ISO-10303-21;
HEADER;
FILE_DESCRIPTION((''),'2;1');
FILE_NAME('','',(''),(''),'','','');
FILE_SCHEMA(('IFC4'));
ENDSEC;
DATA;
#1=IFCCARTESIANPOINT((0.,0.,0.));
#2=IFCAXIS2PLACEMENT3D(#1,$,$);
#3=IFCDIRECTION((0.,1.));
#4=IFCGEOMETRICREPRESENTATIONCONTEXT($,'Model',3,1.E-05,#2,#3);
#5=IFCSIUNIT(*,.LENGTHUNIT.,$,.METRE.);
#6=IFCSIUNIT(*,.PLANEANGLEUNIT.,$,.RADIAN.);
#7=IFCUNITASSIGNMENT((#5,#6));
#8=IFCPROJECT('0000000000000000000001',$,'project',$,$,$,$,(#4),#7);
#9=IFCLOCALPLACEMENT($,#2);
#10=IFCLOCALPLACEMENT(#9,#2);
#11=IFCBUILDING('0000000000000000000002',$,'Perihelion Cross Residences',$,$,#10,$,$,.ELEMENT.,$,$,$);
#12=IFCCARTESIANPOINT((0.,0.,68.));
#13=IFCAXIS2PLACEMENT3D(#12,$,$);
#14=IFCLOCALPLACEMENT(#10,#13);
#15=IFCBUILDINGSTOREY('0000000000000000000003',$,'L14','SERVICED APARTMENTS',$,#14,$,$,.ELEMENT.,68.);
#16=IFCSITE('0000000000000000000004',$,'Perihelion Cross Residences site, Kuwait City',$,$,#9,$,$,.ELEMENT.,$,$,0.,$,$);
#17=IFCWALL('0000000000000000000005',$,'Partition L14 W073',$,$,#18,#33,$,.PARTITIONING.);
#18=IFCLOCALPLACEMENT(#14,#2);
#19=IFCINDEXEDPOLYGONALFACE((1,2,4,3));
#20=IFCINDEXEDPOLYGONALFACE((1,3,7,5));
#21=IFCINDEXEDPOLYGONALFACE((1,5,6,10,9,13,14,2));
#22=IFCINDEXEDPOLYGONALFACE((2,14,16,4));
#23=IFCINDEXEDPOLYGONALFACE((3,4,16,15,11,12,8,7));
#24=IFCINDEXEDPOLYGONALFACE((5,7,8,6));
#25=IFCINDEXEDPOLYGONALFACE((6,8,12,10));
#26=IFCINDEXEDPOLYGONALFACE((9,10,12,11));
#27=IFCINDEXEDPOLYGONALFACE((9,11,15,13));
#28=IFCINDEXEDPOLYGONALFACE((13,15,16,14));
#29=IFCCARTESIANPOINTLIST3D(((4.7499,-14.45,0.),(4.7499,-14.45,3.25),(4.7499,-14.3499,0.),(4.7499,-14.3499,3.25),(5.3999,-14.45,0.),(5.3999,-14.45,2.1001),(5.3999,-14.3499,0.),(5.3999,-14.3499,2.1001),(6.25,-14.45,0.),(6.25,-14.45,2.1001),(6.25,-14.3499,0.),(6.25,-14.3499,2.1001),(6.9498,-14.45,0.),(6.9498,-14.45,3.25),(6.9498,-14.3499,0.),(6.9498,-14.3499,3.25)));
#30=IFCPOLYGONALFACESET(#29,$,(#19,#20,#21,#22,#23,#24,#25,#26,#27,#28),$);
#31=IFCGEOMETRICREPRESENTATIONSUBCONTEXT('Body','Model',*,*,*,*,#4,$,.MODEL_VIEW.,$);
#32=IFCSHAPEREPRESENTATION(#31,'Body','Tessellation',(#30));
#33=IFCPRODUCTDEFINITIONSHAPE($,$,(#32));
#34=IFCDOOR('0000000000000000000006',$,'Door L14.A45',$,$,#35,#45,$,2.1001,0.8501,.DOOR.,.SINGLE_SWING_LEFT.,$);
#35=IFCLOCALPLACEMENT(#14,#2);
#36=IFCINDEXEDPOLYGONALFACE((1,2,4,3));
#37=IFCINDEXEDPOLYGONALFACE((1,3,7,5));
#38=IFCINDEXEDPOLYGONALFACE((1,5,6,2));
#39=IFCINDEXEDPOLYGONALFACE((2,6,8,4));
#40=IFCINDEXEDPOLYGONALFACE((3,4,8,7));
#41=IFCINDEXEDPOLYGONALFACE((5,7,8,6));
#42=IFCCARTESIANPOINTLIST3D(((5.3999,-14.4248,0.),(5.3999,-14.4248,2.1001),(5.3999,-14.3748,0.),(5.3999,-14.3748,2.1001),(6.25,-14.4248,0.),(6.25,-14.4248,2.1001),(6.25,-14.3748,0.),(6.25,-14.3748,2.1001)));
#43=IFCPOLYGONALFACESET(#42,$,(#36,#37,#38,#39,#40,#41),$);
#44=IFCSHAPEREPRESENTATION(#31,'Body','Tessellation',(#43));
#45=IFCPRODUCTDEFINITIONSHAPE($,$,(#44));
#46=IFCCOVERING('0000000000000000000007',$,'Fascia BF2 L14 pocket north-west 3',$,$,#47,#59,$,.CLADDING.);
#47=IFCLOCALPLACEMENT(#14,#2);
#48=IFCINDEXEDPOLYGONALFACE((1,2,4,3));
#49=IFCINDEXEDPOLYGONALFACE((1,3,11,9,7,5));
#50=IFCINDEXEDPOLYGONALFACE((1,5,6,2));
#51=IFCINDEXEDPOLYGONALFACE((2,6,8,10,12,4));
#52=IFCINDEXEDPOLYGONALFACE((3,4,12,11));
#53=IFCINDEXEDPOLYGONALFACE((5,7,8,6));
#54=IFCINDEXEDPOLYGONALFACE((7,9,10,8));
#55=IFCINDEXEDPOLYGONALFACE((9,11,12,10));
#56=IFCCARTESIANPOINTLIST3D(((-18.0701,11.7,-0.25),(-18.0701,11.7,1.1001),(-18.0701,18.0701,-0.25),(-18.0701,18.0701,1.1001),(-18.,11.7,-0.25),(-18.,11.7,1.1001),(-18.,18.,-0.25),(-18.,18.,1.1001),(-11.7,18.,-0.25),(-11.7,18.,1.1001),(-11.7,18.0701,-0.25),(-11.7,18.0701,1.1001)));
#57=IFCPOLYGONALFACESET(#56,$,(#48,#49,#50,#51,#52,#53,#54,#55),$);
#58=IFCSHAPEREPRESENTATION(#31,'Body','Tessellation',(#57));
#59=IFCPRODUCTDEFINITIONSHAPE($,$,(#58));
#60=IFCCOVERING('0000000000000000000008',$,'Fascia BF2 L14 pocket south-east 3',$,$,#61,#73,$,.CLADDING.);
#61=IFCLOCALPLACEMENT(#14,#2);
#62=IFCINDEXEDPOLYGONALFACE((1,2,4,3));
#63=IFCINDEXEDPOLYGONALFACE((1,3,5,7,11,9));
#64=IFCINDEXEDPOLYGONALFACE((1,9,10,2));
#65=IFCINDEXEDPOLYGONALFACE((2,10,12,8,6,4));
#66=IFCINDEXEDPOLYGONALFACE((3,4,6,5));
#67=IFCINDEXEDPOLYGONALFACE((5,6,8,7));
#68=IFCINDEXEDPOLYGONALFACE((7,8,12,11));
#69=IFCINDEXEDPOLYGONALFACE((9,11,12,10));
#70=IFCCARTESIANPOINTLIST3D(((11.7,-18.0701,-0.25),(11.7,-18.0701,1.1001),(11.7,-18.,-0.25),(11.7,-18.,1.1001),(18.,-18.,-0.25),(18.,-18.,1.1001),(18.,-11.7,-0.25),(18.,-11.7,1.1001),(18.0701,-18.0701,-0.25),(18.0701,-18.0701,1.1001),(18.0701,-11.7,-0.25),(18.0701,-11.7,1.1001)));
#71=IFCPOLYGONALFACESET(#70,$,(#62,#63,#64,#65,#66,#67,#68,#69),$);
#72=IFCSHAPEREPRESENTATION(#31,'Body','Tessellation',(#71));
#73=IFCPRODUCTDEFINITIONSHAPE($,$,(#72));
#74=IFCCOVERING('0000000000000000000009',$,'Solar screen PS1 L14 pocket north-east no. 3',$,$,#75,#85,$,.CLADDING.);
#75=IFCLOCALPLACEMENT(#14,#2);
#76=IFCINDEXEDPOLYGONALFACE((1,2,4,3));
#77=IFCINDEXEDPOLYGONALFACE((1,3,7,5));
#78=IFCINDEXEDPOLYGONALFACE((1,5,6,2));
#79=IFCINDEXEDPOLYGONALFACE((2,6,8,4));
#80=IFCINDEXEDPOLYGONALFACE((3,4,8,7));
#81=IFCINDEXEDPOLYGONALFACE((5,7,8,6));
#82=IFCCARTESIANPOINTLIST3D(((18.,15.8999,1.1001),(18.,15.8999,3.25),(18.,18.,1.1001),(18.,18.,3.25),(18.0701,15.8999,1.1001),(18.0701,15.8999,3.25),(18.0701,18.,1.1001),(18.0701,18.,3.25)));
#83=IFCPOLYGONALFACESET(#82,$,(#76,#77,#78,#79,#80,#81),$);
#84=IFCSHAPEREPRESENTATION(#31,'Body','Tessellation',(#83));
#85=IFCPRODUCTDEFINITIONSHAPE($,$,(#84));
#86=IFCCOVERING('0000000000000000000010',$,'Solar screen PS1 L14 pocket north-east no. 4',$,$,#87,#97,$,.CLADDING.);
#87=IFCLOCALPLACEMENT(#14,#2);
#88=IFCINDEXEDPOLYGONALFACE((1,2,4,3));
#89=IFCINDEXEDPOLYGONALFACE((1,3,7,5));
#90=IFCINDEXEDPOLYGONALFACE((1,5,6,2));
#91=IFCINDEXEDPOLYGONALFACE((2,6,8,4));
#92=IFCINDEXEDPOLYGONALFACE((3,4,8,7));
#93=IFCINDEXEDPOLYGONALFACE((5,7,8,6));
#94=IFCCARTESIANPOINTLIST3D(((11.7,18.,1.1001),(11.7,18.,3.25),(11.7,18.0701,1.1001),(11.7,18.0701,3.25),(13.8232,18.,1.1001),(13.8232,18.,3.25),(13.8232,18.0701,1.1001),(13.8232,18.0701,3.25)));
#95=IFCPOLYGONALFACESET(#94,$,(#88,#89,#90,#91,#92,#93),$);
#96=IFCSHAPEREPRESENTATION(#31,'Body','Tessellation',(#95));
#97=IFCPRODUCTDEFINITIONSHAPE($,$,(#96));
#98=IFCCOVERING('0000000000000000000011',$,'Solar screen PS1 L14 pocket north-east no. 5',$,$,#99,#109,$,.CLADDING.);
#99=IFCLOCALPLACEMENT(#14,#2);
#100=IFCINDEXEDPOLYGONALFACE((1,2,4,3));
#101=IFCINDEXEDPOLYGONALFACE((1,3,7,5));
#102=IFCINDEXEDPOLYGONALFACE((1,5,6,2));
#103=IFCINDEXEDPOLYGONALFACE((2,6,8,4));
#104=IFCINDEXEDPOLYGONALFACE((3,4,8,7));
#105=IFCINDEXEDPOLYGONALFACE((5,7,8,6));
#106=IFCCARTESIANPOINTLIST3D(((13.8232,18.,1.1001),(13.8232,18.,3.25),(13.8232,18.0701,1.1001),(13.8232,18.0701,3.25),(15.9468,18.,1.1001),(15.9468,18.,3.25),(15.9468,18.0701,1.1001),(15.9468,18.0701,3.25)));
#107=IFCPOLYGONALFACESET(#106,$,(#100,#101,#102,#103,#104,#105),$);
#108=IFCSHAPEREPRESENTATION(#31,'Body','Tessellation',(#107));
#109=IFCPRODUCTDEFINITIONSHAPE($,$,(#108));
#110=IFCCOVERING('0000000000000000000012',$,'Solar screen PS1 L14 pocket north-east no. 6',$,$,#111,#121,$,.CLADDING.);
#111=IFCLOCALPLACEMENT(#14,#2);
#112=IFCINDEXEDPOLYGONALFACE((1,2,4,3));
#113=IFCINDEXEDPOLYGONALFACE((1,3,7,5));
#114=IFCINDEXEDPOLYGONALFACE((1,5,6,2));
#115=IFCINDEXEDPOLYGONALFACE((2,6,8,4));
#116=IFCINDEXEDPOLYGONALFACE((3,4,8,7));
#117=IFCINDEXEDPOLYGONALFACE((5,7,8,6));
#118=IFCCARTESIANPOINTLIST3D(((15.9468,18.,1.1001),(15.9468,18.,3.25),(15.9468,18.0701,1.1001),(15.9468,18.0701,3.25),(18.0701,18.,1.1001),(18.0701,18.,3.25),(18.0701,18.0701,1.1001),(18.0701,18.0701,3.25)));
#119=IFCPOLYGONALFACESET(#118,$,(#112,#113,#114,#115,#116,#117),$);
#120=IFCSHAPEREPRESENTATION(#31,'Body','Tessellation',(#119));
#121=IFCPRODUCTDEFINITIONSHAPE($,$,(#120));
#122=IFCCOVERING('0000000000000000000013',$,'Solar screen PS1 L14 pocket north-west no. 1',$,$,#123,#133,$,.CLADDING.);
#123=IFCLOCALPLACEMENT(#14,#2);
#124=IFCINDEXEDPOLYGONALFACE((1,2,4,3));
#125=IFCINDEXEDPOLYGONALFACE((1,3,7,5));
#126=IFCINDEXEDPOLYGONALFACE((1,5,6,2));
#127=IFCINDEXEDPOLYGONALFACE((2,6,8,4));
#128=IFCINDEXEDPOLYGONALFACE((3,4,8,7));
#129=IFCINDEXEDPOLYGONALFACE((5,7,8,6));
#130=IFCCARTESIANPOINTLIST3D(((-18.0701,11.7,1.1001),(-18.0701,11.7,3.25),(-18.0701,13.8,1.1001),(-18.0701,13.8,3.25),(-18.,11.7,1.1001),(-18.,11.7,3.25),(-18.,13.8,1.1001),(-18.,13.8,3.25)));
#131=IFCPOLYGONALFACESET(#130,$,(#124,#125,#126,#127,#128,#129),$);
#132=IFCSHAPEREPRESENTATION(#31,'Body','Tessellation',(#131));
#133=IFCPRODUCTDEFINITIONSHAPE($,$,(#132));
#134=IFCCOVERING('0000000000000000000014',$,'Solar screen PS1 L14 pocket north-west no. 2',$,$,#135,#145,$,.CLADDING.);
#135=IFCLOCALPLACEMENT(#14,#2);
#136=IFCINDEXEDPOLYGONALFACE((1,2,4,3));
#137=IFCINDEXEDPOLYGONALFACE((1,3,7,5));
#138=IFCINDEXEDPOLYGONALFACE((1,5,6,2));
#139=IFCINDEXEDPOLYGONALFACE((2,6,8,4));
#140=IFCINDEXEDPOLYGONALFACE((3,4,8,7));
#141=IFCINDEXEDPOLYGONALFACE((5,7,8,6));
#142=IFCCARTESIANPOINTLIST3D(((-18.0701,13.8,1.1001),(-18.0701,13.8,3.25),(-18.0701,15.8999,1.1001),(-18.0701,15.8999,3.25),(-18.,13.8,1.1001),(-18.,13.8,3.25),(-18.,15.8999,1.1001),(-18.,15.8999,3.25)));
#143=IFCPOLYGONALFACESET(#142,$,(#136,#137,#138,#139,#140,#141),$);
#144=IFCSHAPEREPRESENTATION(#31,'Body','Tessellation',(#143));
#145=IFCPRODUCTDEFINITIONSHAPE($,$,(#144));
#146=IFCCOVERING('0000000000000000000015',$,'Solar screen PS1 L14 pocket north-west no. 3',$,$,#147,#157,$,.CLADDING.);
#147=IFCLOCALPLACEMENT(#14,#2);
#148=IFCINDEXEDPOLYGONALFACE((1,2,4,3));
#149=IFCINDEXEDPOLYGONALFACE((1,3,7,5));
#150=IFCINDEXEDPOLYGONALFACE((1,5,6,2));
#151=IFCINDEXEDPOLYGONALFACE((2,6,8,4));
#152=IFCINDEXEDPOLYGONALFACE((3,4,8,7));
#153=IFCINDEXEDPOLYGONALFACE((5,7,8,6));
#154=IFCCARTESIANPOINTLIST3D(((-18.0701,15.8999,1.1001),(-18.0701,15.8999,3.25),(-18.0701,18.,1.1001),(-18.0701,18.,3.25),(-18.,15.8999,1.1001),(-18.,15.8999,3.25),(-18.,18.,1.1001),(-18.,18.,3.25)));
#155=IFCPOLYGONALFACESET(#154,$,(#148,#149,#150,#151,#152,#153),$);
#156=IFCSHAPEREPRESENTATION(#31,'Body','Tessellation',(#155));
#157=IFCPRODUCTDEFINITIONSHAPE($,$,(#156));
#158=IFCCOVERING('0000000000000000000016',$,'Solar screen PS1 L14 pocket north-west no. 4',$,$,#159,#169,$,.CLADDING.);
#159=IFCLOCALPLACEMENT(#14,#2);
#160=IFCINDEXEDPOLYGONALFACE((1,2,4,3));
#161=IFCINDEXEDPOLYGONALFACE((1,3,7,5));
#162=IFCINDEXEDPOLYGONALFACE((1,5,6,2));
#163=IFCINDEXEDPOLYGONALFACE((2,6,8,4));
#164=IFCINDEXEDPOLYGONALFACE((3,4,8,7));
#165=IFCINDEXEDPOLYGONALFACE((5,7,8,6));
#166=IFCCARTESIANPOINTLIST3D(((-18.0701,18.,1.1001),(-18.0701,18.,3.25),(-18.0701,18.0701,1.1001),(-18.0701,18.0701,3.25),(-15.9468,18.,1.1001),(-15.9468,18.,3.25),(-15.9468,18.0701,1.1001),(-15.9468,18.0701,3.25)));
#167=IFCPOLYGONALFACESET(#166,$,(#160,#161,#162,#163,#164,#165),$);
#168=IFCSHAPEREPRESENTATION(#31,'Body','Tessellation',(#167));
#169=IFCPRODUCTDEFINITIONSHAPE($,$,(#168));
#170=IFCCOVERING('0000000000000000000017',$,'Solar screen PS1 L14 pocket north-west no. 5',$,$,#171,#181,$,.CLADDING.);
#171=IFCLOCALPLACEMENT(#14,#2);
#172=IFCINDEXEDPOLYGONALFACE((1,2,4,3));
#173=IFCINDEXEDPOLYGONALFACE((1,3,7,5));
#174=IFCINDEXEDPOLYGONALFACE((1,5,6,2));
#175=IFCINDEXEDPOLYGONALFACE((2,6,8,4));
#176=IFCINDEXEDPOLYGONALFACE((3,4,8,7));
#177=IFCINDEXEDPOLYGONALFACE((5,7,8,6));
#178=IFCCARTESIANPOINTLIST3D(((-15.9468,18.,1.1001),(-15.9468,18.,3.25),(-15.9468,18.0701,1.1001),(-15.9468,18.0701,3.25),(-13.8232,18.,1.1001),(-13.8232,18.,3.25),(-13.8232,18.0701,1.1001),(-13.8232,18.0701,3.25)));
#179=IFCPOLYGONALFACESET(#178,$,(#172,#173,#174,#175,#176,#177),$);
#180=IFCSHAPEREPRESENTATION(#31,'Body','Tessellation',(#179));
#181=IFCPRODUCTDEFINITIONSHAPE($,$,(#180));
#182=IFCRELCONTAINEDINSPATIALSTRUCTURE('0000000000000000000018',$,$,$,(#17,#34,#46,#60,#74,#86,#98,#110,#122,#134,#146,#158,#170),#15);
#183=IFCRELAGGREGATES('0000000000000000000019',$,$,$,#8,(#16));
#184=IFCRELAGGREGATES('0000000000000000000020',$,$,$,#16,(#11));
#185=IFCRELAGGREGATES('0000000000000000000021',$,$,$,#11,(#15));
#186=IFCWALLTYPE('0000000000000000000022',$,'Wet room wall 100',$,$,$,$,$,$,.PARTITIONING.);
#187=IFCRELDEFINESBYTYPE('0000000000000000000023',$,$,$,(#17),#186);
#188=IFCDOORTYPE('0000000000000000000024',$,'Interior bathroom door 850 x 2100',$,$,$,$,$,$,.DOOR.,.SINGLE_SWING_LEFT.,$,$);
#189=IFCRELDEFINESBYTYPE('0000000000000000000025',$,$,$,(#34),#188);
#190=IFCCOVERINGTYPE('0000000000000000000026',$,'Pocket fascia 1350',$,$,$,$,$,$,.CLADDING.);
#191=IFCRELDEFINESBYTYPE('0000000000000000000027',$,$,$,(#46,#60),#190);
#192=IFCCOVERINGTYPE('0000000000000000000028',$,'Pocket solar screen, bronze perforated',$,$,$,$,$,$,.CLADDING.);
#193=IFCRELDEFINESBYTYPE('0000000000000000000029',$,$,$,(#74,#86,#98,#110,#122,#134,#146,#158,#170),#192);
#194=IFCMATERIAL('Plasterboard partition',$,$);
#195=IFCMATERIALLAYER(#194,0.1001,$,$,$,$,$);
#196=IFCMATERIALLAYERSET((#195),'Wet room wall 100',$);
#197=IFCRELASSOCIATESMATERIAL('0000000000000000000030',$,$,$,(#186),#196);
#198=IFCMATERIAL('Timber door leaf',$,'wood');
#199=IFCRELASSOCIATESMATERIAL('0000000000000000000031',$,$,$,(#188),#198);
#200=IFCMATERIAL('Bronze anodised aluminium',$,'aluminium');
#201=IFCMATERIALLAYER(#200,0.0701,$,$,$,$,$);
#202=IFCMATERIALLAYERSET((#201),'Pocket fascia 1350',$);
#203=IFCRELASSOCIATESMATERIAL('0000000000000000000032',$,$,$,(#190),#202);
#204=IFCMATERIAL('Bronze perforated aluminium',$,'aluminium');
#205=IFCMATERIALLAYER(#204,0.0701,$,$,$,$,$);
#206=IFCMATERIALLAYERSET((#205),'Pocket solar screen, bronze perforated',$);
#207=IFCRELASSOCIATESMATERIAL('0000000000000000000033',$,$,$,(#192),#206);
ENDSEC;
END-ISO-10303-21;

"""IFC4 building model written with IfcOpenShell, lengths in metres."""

from ifc_helpers import new_model, si_unit, direction, frame, frame_2d, origin, place, context, subcontext, project, spatial, polyline, rectangle, outline, extrude, material, layer, layer_set, type_object, element, fill, save


model = new_model("IFC4")

# Units and contexts
model_context = context("Model", 3, precision=1e-05, world=origin(), true_north=direction((0.0, 1.0)))
body_context = subcontext(model_context, "Body", "Model", "MODEL_VIEW")
ifc_project = project(units=[si_unit("LENGTHUNIT", "METRE"), si_unit("PLANEANGLEUNIT", "RADIAN")], contexts=[model_context])

# Site, building, storey
site_placement = place(None, origin())
site = spatial("IfcSite", under=ifc_project, at=site_placement, Name="Perihelion Cross Residences site, Kuwait City", CompositionType="ELEMENT", RefElevation=0.0)
building_placement = place(site_placement, origin())
building = spatial("IfcBuilding", under=site, at=building_placement, Name="Perihelion Cross Residences", CompositionType="ELEMENT")
storey_placement = place(building_placement, frame((0.0, 0.0, 68.0)))
storey = spatial("IfcBuildingStorey", under=building, at=storey_placement, Name="L14", Description="SERVICED APARTMENTS", CompositionType="ELEMENT", Elevation=68.0)

# Shared definitions
ifc_material_1 = material(Name="Plasterboard partition")
ifc_layer_1 = layer(ifc_material_1, 0.1001)
ifc_layer_set_1 = layer_set([ifc_layer_1], Name="Wet room wall 100")
wall_type_1 = type_object("IfcWallType", Name="Wet room wall 100", PredefinedType="PARTITIONING", material=ifc_layer_set_1)
ifc_material_2 = material(Name="Timber door leaf", Category="wood")
door_type_1 = type_object("IfcDoorType", Name="Interior bathroom door 850 x 2100", OperationType="SINGLE_SWING_LEFT", PredefinedType="DOOR", material=ifc_material_2)

# Wall, opening, door
wall_1_placement = place(storey_placement, frame((6.95, -14.3999, 0.0), z_axis=(0.0, 0.0, 1.0), x_axis=(-1.0, 0.0, 0.0)))
wall_1 = element("IfcWall", 1, at=wall_1_placement, inside=storey, type_object=wall_type_1, Name="Partition L14 W073", PredefinedType="PARTITIONING", context=body_context, shape_type="SweptSolid", body=[
    extrude(rectangle(XDim=2.2, YDim=0.1001, at=frame_2d((1.1001, 0.0))), origin(), (0.0, 0.0, 1.0), 3.25),
])
opening_1_placement = place(wall_1_placement, frame((0.7, 0.0, 0.0)))
opening_1 = element("IfcOpeningElement", 2, at=opening_1_placement, cuts=wall_1, PredefinedType="OPENING", context=body_context, shape_type="SweptSolid", body=[
    extrude(rectangle(XDim=0.8501, YDim=2.1001, at=frame_2d((0.425, 1.05))), frame((0.0, 0.0601, 0.0), z_axis=(0.0, -1.0, 0.0), x_axis=(1.0, 0.0, 0.0)), (0.0, 0.0, 1.0), 0.1201),
])
door_1_placement = place(opening_1_placement, origin())
door_1 = element("IfcDoor", 3, at=door_1_placement, inside=storey, type_object=door_type_1, Name="Door L14.A45", OperationType="SINGLE_SWING_LEFT", OverallHeight=2.1001, OverallWidth=0.8501, PredefinedType="DOOR", context=body_context, shape_type="SweptSolid", body=[
    extrude(rectangle(XDim=0.8501, YDim=2.1001, at=frame_2d((0.425, 1.05))), frame((0.0, 0.0249, 0.0), z_axis=(0.0, -1.0, 0.0), x_axis=(1.0, 0.0, 0.0)), (0.0, 0.0, 1.0), 0.05),
])
fill(opening_1, door_1)

# Coverings
ifc_material_3 = material(Name="Bronze anodised aluminium", Category="aluminium")
ifc_layer_2 = layer(ifc_material_3, 0.0701)
ifc_layer_set_2 = layer_set([ifc_layer_2], Name="Pocket fascia 1350")
covering_type_1 = type_object("IfcCoveringType", Name="Pocket fascia 1350", PredefinedType="CLADDING", material=ifc_layer_set_2)
covering_1_placement = place(storey_placement, frame((0.0, 0.0, -0.25)))
element("IfcCovering", 4, at=covering_1_placement, inside=storey, type_object=covering_type_1, Name="Fascia BF2 L14 pocket north-west 3", PredefinedType="CLADDING", context=body_context, shape_type="SweptSolid", body=[
    extrude(outline(polyline([(-18.0701, 18.0701), (-18.0701, 11.7), (-18.0, 11.7), (-18.0, 18.0), (-11.7, 18.0), (-11.7, 18.0701), (-18.0701, 18.0701)])), origin(), (0.0, 0.0, 1.0), 1.3501),
])
covering_2_placement = place(storey_placement, frame((0.0, 0.0, -0.25)))
element("IfcCovering", 5, at=covering_2_placement, inside=storey, type_object=covering_type_1, Name="Fascia BF2 L14 pocket south-east 3", PredefinedType="CLADDING", context=body_context, shape_type="SweptSolid", body=[
    extrude(outline(polyline([(18.0701, -18.0701), (18.0701, -11.7), (18.0, -11.7), (18.0, -18.0), (11.7, -18.0), (11.7, -18.0701), (18.0701, -18.0701)])), origin(), (0.0, 0.0, 1.0), 1.3501),
])
ifc_material_4 = material(Name="Bronze perforated aluminium", Category="aluminium")
ifc_layer_3 = layer(ifc_material_4, 0.0701)
ifc_layer_set_3 = layer_set([ifc_layer_3], Name="Pocket solar screen, bronze perforated")
covering_type_2 = type_object("IfcCoveringType", Name="Pocket solar screen, bronze perforated", PredefinedType="CLADDING", material=ifc_layer_set_3)
covering_3_placement = place(storey_placement, frame((0.0, 0.0, 1.1001)))
element("IfcCovering", 6, at=covering_3_placement, inside=storey, type_object=covering_type_2, Name="Solar screen PS1 L14 pocket north-east no. 3", PredefinedType="CLADDING", context=body_context, shape_type="SweptSolid", body=[
    extrude(outline(polyline([(18.0701, 15.8999), (18.0701, 18.0), (18.0, 18.0), (18.0, 15.8999), (18.0701, 15.8999)])), origin(), (0.0, 0.0, 1.0), 2.1499),
])
covering_4_placement = place(storey_placement, frame((0.0, 0.0, 1.1001)))
element("IfcCovering", 7, at=covering_4_placement, inside=storey, type_object=covering_type_2, Name="Solar screen PS1 L14 pocket north-east no. 4", PredefinedType="CLADDING", context=body_context, shape_type="SweptSolid", body=[
    extrude(outline(polyline([(13.8232, 18.0), (13.8232, 18.0701), (11.7, 18.0701), (11.7, 18.0), (13.8232, 18.0)])), origin(), (0.0, 0.0, 1.0), 2.1499),
])
covering_5_placement = place(storey_placement, frame((0.0, 0.0, 1.1001)))
element("IfcCovering", 8, at=covering_5_placement, inside=storey, type_object=covering_type_2, Name="Solar screen PS1 L14 pocket north-east no. 5", PredefinedType="CLADDING", context=body_context, shape_type="SweptSolid", body=[
    extrude(outline(polyline([(15.9468, 18.0), (15.9468, 18.0701), (13.8232, 18.0701), (13.8232, 18.0), (15.9468, 18.0)])), origin(), (0.0, 0.0, 1.0), 2.1499),
])
covering_6_placement = place(storey_placement, frame((0.0, 0.0, 1.1001)))
element("IfcCovering", 9, at=covering_6_placement, inside=storey, type_object=covering_type_2, Name="Solar screen PS1 L14 pocket north-east no. 6", PredefinedType="CLADDING", context=body_context, shape_type="SweptSolid", body=[
    extrude(outline(polyline([(18.0701, 18.0), (18.0701, 18.0701), (15.9468, 18.0701), (15.9468, 18.0), (18.0701, 18.0)])), origin(), (0.0, 0.0, 1.0), 2.1499),
])
covering_7_placement = place(storey_placement, frame((0.0, 0.0, 1.1001)))
element("IfcCovering", 10, at=covering_7_placement, inside=storey, type_object=covering_type_2, Name="Solar screen PS1 L14 pocket north-west no. 1", PredefinedType="CLADDING", context=body_context, shape_type="SweptSolid", body=[
    extrude(outline(polyline([(-18.0, 11.7), (-18.0, 13.8), (-18.0701, 13.8), (-18.0701, 11.7), (-18.0, 11.7)])), origin(), (0.0, 0.0, 1.0), 2.1499),
])
covering_8_placement = place(storey_placement, frame((0.0, 0.0, 1.1001)))
element("IfcCovering", 11, at=covering_8_placement, inside=storey, type_object=covering_type_2, Name="Solar screen PS1 L14 pocket north-west no. 2", PredefinedType="CLADDING", context=body_context, shape_type="SweptSolid", body=[
    extrude(outline(polyline([(-18.0, 13.8), (-18.0, 15.8999), (-18.0701, 15.8999), (-18.0701, 13.8), (-18.0, 13.8)])), origin(), (0.0, 0.0, 1.0), 2.1499),
])
covering_9_placement = place(storey_placement, frame((0.0, 0.0, 1.1001)))
element("IfcCovering", 12, at=covering_9_placement, inside=storey, type_object=covering_type_2, Name="Solar screen PS1 L14 pocket north-west no. 3", PredefinedType="CLADDING", context=body_context, shape_type="SweptSolid", body=[
    extrude(outline(polyline([(-18.0, 15.8999), (-18.0, 18.0), (-18.0701, 18.0), (-18.0701, 15.8999), (-18.0, 15.8999)])), origin(), (0.0, 0.0, 1.0), 2.1499),
])
covering_10_placement = place(storey_placement, frame((0.0, 0.0, 1.1001)))
element("IfcCovering", 13, at=covering_10_placement, inside=storey, type_object=covering_type_2, Name="Solar screen PS1 L14 pocket north-west no. 4", PredefinedType="CLADDING", context=body_context, shape_type="SweptSolid", body=[
    extrude(outline(polyline([(-15.9468, 18.0), (-15.9468, 18.0701), (-18.0701, 18.0701), (-18.0701, 18.0), (-15.9468, 18.0)])), origin(), (0.0, 0.0, 1.0), 2.1499),
])
covering_11_placement = place(storey_placement, frame((0.0, 0.0, 1.1001)))
element("IfcCovering", 14, at=covering_11_placement, inside=storey, type_object=covering_type_2, Name="Solar screen PS1 L14 pocket north-west no. 5", PredefinedType="CLADDING", context=body_context, shape_type="SweptSolid", body=[
    extrude(outline(polyline([(-13.8232, 18.0), (-13.8232, 18.0701), (-15.9468, 18.0701), (-15.9468, 18.0), (-13.8232, 18.0)])), origin(), (0.0, 0.0, 1.0), 2.1499),
])

save(model, "model.ifc")
